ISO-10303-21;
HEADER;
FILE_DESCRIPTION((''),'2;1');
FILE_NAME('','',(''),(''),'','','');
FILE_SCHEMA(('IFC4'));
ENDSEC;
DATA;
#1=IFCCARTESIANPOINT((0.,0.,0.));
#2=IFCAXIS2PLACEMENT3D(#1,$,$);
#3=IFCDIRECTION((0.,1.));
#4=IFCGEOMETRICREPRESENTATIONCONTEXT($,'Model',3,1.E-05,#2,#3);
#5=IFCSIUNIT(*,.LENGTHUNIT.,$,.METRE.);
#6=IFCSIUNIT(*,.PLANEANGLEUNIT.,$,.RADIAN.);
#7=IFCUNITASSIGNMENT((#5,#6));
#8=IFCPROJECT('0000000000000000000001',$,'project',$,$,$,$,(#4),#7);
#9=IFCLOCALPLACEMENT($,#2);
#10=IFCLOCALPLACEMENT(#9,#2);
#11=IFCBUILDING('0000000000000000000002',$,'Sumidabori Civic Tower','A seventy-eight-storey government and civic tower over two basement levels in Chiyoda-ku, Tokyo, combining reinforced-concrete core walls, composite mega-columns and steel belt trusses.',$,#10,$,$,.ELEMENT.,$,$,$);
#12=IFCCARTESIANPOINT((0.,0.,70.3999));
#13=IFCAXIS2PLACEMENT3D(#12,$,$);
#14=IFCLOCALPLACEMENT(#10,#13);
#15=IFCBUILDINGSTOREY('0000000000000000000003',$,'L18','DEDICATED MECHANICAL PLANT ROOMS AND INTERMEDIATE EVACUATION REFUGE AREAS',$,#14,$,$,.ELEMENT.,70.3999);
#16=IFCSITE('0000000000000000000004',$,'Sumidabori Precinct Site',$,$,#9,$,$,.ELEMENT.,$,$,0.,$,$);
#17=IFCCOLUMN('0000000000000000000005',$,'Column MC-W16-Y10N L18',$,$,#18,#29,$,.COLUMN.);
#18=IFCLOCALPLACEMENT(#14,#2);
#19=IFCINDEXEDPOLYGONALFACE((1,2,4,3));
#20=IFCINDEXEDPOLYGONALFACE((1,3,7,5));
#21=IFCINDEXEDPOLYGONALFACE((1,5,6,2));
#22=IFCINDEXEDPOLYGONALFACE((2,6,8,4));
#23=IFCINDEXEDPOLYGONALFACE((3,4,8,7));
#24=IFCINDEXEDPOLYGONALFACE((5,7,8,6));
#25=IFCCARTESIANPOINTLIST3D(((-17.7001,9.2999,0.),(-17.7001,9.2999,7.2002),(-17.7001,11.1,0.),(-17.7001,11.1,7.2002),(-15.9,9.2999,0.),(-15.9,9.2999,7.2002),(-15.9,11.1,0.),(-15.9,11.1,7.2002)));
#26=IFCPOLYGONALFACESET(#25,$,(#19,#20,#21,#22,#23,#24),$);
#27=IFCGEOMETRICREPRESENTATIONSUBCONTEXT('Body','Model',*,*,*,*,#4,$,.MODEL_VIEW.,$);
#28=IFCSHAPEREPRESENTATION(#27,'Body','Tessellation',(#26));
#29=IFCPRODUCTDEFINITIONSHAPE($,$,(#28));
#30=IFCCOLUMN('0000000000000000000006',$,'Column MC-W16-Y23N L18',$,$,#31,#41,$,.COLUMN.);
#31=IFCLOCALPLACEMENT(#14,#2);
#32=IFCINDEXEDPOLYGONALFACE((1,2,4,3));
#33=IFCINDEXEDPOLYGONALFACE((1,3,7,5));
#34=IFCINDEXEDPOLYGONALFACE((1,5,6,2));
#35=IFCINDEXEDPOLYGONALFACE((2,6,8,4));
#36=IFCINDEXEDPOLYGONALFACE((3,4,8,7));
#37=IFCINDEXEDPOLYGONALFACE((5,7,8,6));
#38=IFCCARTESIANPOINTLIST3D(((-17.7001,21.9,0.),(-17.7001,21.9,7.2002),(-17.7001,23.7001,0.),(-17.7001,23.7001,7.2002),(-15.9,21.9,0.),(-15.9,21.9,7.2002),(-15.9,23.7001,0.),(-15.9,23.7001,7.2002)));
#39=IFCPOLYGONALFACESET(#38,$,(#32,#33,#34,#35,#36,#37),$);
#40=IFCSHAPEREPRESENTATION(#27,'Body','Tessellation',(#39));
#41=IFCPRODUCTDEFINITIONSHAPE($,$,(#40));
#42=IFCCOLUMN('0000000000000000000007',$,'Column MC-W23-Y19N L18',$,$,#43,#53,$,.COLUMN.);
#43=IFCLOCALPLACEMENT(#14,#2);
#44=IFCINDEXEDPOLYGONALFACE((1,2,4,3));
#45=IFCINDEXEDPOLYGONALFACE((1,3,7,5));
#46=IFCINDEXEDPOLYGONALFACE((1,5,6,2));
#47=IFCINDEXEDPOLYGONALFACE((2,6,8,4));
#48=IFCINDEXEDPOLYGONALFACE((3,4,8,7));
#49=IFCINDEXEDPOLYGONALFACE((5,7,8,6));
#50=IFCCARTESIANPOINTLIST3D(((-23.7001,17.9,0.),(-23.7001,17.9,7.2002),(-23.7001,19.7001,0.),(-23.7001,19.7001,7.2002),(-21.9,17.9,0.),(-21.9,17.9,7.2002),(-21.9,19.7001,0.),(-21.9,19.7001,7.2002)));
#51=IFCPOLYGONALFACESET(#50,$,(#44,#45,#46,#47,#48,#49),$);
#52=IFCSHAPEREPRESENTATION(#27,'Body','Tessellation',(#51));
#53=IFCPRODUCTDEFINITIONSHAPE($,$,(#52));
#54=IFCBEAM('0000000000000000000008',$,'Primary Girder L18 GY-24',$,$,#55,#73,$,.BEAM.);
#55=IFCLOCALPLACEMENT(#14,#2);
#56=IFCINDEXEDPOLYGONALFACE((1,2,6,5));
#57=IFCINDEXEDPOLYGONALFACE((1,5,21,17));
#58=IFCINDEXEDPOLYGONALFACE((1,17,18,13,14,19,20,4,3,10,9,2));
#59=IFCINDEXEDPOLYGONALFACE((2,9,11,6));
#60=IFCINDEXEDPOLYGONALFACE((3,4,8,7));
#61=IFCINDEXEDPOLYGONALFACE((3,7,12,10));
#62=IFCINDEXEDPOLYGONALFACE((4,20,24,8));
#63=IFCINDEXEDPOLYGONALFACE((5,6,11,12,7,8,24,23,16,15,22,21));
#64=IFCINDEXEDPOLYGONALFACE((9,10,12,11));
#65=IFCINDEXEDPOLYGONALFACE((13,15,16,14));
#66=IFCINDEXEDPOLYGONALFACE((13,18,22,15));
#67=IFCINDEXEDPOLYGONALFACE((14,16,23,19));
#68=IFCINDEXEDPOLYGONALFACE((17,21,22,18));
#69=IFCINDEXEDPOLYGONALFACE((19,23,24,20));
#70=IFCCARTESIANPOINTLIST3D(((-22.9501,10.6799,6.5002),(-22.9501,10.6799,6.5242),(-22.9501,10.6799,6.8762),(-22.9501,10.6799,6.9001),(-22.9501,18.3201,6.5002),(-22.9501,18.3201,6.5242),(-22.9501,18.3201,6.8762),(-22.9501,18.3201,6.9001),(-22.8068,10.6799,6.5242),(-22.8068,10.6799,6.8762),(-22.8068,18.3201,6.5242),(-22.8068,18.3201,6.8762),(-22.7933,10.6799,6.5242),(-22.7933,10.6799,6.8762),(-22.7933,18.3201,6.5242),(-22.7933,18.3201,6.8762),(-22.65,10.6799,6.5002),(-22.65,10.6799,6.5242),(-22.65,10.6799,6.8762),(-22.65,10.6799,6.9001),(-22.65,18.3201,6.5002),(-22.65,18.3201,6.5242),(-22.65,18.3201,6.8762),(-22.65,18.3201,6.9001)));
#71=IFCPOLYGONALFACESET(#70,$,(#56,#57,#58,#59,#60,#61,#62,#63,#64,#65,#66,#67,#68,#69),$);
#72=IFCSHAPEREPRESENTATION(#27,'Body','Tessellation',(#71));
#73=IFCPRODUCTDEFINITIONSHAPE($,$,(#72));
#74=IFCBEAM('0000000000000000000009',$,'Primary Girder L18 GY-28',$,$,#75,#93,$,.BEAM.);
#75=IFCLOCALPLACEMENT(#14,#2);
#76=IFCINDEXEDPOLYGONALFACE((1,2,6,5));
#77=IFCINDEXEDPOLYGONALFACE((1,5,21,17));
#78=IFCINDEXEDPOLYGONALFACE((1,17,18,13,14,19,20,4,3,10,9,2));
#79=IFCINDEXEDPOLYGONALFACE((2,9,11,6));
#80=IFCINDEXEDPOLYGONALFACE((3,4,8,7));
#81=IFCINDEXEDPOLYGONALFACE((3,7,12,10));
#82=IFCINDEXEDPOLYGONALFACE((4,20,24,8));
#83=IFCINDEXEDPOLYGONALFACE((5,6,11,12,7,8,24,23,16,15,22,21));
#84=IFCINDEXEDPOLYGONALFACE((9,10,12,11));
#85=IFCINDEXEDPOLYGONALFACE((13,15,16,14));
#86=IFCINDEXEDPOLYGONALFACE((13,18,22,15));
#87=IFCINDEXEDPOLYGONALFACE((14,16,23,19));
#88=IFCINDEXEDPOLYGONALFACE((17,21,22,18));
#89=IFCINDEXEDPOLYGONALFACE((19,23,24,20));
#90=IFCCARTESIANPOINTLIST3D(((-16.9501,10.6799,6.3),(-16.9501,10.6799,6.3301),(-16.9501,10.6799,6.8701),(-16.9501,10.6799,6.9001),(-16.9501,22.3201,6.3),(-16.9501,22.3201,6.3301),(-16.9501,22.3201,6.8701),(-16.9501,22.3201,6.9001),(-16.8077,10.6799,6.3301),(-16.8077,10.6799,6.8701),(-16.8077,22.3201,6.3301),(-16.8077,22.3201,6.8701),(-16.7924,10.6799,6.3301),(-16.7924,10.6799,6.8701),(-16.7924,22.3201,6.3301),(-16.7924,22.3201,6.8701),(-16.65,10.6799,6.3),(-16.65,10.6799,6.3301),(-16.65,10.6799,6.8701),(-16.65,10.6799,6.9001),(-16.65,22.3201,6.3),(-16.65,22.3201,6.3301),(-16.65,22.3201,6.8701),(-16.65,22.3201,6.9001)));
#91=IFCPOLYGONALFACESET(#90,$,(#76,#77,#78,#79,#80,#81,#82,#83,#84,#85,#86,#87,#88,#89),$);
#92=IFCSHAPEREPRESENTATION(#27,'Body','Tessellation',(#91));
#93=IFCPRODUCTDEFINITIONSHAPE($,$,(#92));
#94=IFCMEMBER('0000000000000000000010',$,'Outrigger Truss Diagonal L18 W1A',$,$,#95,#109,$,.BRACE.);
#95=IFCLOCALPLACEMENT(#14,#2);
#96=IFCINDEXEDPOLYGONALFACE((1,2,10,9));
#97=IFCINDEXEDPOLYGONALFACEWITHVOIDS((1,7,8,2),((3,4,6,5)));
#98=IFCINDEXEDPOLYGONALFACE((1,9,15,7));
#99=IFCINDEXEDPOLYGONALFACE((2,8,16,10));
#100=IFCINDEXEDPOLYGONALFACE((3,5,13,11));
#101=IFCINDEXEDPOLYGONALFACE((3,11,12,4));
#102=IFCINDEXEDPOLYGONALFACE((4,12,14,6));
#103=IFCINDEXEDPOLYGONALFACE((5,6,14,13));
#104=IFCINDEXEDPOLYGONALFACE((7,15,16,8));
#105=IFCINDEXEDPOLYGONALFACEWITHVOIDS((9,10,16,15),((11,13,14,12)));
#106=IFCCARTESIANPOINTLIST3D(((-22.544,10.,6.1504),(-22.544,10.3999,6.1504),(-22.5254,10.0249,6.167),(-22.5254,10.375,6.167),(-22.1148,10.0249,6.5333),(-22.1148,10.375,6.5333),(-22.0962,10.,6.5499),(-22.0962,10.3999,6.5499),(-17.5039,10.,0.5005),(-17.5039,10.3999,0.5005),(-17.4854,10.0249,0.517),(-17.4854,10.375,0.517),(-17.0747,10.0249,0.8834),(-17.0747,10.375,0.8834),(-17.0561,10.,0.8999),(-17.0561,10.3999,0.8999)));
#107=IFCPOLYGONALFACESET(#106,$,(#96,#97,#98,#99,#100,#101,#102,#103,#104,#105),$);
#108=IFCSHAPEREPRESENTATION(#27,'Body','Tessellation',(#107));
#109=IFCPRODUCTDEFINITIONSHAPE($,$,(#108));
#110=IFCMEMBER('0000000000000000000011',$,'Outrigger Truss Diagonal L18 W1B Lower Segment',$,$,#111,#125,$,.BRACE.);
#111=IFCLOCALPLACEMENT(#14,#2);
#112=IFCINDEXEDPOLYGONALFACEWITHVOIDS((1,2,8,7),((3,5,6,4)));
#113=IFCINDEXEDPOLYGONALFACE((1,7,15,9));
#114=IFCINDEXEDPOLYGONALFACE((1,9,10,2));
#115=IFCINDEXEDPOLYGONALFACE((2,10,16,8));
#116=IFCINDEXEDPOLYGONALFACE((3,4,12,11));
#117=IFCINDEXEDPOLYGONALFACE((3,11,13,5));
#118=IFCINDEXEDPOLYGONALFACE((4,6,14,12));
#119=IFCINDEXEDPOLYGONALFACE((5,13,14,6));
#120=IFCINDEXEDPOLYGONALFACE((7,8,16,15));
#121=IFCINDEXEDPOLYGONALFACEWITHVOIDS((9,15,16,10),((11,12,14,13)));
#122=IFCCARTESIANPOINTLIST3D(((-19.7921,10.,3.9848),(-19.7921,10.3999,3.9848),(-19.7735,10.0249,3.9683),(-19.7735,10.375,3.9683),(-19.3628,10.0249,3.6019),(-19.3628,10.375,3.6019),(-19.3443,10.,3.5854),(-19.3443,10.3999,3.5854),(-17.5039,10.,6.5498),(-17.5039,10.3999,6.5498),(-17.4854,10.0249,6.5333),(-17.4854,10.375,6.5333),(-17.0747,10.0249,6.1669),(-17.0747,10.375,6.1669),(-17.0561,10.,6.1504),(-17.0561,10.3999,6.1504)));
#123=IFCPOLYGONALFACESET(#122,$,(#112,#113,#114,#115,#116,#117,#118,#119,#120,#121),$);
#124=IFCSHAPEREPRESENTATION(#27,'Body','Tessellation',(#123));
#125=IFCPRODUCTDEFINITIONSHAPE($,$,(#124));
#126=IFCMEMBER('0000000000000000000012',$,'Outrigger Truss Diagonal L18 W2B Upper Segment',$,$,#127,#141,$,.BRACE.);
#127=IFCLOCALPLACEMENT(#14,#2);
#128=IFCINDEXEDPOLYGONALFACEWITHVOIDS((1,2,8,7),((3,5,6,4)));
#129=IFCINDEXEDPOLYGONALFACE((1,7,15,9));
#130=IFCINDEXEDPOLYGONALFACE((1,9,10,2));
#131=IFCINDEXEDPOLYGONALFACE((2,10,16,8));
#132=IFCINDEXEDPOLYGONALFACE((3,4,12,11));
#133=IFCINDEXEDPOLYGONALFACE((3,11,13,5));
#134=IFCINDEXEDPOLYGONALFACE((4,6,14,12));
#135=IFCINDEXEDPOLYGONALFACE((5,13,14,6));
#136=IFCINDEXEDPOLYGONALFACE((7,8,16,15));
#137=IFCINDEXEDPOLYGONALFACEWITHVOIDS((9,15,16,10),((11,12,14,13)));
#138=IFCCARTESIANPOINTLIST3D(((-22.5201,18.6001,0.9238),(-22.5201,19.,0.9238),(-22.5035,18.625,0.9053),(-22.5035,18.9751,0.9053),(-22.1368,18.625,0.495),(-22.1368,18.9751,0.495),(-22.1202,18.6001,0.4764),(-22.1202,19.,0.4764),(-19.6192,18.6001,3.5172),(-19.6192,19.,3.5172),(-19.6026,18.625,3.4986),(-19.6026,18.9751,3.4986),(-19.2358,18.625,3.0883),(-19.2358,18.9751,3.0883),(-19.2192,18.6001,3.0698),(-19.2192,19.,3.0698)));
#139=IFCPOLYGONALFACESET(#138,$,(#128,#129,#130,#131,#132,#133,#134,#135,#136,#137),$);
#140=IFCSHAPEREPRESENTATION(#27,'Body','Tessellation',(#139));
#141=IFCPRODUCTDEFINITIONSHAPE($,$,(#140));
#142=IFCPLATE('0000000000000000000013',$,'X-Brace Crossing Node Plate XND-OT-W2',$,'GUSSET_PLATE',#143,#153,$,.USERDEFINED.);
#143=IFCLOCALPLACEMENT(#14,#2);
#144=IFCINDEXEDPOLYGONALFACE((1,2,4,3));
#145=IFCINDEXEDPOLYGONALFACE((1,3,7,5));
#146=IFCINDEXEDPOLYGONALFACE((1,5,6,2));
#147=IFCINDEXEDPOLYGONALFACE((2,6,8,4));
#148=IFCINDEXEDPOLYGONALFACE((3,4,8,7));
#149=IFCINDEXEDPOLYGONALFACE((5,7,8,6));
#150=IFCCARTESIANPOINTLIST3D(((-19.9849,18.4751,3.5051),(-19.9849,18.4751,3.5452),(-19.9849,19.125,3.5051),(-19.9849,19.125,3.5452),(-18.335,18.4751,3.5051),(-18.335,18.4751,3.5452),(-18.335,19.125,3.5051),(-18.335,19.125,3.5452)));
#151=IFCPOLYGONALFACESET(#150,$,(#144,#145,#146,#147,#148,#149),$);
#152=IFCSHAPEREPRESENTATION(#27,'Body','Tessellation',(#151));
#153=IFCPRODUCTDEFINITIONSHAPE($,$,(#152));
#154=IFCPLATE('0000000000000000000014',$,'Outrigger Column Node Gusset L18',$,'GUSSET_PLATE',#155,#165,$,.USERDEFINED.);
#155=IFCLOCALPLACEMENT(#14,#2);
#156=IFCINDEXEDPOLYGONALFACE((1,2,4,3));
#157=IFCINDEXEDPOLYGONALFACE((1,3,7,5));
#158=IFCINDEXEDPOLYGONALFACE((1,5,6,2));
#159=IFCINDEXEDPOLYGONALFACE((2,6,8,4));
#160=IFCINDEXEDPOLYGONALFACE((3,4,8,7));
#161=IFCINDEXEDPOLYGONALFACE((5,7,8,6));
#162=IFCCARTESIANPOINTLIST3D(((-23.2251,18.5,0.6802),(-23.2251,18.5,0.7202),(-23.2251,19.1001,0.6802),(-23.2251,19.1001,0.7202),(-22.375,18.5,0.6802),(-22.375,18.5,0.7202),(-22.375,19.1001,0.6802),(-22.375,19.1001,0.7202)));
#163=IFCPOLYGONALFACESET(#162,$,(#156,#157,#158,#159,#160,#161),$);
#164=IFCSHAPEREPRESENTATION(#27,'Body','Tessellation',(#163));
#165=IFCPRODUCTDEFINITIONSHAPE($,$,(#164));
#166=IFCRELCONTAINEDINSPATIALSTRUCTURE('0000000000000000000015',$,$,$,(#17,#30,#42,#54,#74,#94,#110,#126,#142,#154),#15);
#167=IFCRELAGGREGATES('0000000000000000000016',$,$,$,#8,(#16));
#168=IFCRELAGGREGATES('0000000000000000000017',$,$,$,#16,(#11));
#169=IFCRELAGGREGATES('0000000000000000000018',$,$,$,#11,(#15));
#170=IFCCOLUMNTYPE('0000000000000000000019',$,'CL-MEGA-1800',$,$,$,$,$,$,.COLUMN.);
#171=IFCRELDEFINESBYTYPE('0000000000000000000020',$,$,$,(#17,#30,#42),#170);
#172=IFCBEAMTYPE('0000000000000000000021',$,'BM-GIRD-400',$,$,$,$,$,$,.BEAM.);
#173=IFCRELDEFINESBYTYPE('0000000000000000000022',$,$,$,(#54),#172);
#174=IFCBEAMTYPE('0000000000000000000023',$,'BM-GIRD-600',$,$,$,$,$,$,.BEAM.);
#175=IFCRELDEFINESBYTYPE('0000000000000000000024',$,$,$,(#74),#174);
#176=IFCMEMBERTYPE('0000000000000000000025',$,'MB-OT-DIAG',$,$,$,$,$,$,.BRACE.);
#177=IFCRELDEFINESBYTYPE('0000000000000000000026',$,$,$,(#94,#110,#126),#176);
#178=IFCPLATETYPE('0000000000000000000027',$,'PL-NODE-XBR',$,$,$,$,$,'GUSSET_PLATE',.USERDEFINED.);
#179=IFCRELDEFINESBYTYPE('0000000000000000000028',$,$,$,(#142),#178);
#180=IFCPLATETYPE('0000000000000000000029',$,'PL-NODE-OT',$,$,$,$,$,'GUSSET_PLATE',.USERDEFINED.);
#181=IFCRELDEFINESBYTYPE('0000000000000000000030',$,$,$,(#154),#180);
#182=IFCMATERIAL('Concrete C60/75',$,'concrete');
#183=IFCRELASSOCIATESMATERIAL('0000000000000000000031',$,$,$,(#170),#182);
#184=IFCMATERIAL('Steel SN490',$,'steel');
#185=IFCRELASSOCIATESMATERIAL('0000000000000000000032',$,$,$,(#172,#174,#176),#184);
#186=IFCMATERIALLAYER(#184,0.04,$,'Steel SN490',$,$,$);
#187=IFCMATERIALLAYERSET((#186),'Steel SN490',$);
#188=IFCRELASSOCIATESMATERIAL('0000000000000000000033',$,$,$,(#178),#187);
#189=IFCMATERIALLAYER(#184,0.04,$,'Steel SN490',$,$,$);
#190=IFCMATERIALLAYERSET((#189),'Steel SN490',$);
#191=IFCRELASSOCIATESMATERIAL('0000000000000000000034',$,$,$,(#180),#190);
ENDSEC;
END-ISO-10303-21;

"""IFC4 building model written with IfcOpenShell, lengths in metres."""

from ifc_helpers import new_model, si_unit, direction, frame, origin, origin_2d, place, context, subcontext, project, spatial, rectangle, hollow_rectangle, i_section, extrude, source, transform, mapped, material, layer, layer_set, material_profile, profile_set, type_object, element, save


model = new_model("IFC4")

# Units and contexts
model_context = context("Model", 3, precision=1e-05, world=origin(), true_north=direction((0.0, 1.0)))
body_context = subcontext(model_context, "Body", "Model", "MODEL_VIEW")
ifc_project = project(units=[si_unit("LENGTHUNIT", "METRE"), si_unit("PLANEANGLEUNIT", "RADIAN")], contexts=[model_context])

# Site, building, storey
site_placement = place(None, origin())
site = spatial("IfcSite", under=ifc_project, at=site_placement, Name="Sumidabori Precinct Site", CompositionType="ELEMENT", RefElevation=0.0)
building_placement = place(site_placement, origin())
building = spatial("IfcBuilding", under=site, at=building_placement, Name="Sumidabori Civic Tower", Description="A seventy-eight-storey government and civic tower over two basement levels in Chiyoda-ku, Tokyo, combining reinforced-concrete core walls, composite mega-columns and steel belt trusses.", CompositionType="ELEMENT")
storey_placement = place(building_placement, frame((0.0, 0.0, 70.3999)))
storey = spatial("IfcBuildingStorey", under=building, at=storey_placement, Name="L18", Description="DEDICATED MECHANICAL PLANT ROOMS AND INTERMEDIATE EVACUATION REFUGE AREAS", CompositionType="ELEMENT", Elevation=70.3999)

# Columns
ifc_material_1 = material(Name="Concrete C60/75", Category="concrete")
ifc_material_profile_1 = material_profile(ifc_material_1, rectangle(XDim=1.8, YDim=1.8, at=origin_2d()), Name="RC 1800x1800")
ifc_profile_set_1 = profile_set([ifc_material_profile_1], Name="Concrete C60/75")
column_type = type_object("IfcColumnType", Name="CL-MEGA-1800", PredefinedType="COLUMN", material=ifc_profile_set_1)
shared_shape_1 = source(origin(), body_context, "Body", "SweptSolid", [
    extrude(rectangle(XDim=1.8, YDim=1.8, at=origin_2d()), origin(), (0.0, 0.0, 1.0), 7.2002),
])
for number, where, z_axis, x_axis, name in (
    (1, (-16.8, 10.2, 0.0), (0.0, 0.0, 1.0), (1.0, 0.0, 0.0), "Column MC-W16-Y10N L18"),
    (2, (-16.8, 22.8, 0.0), (0.0, 0.0, 1.0), (1.0, 0.0, 0.0), "Column MC-W16-Y23N L18"),
    (3, (-22.8, 18.8, 0.0), (0.0, 0.0, 1.0), (1.0, 0.0, 0.0), "Column MC-W23-Y19N L18"),
):
    element("IfcColumn", number, at=place(storey_placement, frame(where, z_axis=z_axis, x_axis=x_axis)), inside=storey, type_object=column_type, Name=name, PredefinedType="COLUMN", context=body_context, shape_type="MappedRepresentation", body=[
        mapped(shared_shape_1, transform((0.0, 0.0, 0.0), x_axis=(1.0, 0.0, 0.0), y_axis=(0.0, 1.0, 0.0), z_axis=(0.0, 0.0, 1.0), scale=1.0)),
    ])

# Beams
ifc_material_2 = material(Name="Steel SN490", Category="steel")
ifc_material_profile_2 = material_profile(ifc_material_2, i_section(OverallWidth=0.3, OverallDepth=0.3999, WebThickness=0.0134, FlangeThickness=0.0239, at=origin_2d()), Name="HE 400 B")
ifc_profile_set_2 = profile_set([ifc_material_profile_2], Name="Steel SN490")
beam_type_1 = type_object("IfcBeamType", Name="BM-GIRD-400", PredefinedType="BEAM", material=ifc_profile_set_2)
shared_shape_2 = source(origin(), body_context, "Body", "SweptSolid", [
    extrude(i_section(OverallWidth=0.3, OverallDepth=0.3999, WebThickness=0.0134, FlangeThickness=0.0239, at=origin_2d()), origin(), (0.0, 0.0, 1.0), 7.6401),
])
beam_1_placement = place(storey_placement, frame((-22.8, 10.6799, 6.7002), z_axis=(0.0, 1.0, 0.0), x_axis=(-1.0, 0.0, 0.0)))
element("IfcBeam", 4, at=beam_1_placement, inside=storey, type_object=beam_type_1, Name="Primary Girder L18 GY-24", PredefinedType="BEAM", context=body_context, shape_type="MappedRepresentation", body=[
    mapped(shared_shape_2, transform((0.0, 0.0, 0.0), x_axis=(1.0, 0.0, 0.0), y_axis=(0.0, 1.0, 0.0), z_axis=(0.0, 0.0, 1.0), scale=1.0)),
])
ifc_material_profile_3 = material_profile(ifc_material_2, i_section(OverallWidth=0.3, OverallDepth=0.6001, WebThickness=0.0154, FlangeThickness=0.03, at=origin_2d()), Name="HE 600 B")
ifc_profile_set_3 = profile_set([ifc_material_profile_3], Name="Steel SN490")
beam_type_2 = type_object("IfcBeamType", Name="BM-GIRD-600", PredefinedType="BEAM", material=ifc_profile_set_3)
shared_shape_3 = source(origin(), body_context, "Body", "SweptSolid", [
    extrude(i_section(OverallWidth=0.3, OverallDepth=0.6001, WebThickness=0.0154, FlangeThickness=0.03, at=origin_2d()), origin(), (0.0, 0.0, 1.0), 11.6401),
])
beam_2_placement = place(storey_placement, frame((-16.8, 10.6799, 6.6001), z_axis=(0.0, 1.0, 0.0), x_axis=(-1.0, 0.0, 0.0)))
element("IfcBeam", 5, at=beam_2_placement, inside=storey, type_object=beam_type_2, Name="Primary Girder L18 GY-28", PredefinedType="BEAM", context=body_context, shape_type="MappedRepresentation", body=[
    mapped(shared_shape_3, transform((0.0, 0.0, 0.0), x_axis=(1.0, 0.0, 0.0), y_axis=(0.0, 1.0, 0.0), z_axis=(0.0, 0.0, 1.0), scale=1.0)),
])

# Members
ifc_material_profile_4 = material_profile(ifc_material_2, hollow_rectangle(XDim=0.3999, YDim=0.6001, WallThickness=0.0249, at=origin_2d()), Name="RHS 600x400x25")
ifc_profile_set_4 = profile_set([ifc_material_profile_4], Name="Steel SN490")
member_type = type_object("IfcMemberType", Name="MB-OT-DIAG", PredefinedType="BRACE", material=ifc_profile_set_4)
shared_shape_4 = source(origin(), body_context, "Body", "SweptSolid", [
    extrude(hollow_rectangle(XDim=0.3999, YDim=0.6001, WallThickness=0.0249, at=origin_2d()), origin(), (0.0, 0.0, 1.0), 7.5713),
])
member_1_placement = place(storey_placement, frame((-17.28, 10.2, 0.7002), z_axis=(-0.665684, 0.0, 0.746234), x_axis=(0.0, -1.0, 0.0)))
element("IfcMember", 6, at=member_1_placement, inside=storey, type_object=member_type, Name="Outrigger Truss Diagonal L18 W1A", PredefinedType="BRACE", context=body_context, shape_type="MappedRepresentation", body=[
    mapped(shared_shape_4, transform((0.0, 0.0, 0.0), x_axis=(1.0, 0.0, 0.0), y_axis=(0.0, 1.0, 0.0), z_axis=(0.0, 0.0, 1.0), scale=1.0)),
])
shared_shape_5 = source(origin(), body_context, "Body", "SweptSolid", [
    extrude(hollow_rectangle(XDim=0.3999, YDim=0.6001, WallThickness=0.0249, at=origin_2d()), origin(), (0.0, 0.0, 1.0), 3.4373),
])
member_2_placement = place(storey_placement, frame((-17.28, 10.2, 6.3501), z_axis=(-0.665685, 0.0, -0.746232), x_axis=(0.0, -1.0, 0.0)))
element("IfcMember", 7, at=member_2_placement, inside=storey, type_object=member_type, Name="Outrigger Truss Diagonal L18 W1B Lower Segment", PredefinedType="BRACE", context=body_context, shape_type="MappedRepresentation", body=[
    mapped(shared_shape_5, transform((0.0, 0.0, 0.0), x_axis=(1.0, 0.0, 0.0), y_axis=(0.0, 1.0, 0.0), z_axis=(0.0, 0.0, 1.0), scale=1.0)),
])
shared_shape_6 = source(origin(), body_context, "Body", "SweptSolid", [
    extrude(hollow_rectangle(XDim=0.3999, YDim=0.6001, WallThickness=0.0249, at=origin_2d()), origin(), (0.0, 0.0, 1.0), 3.8911),
])
member_3_placement = place(storey_placement, frame((-19.4192, 18.8, 3.2935), z_axis=(-0.74553, 0.0, -0.666472), x_axis=(0.0, -1.0, 0.0)))
element("IfcMember", 8, at=member_3_placement, inside=storey, type_object=member_type, Name="Outrigger Truss Diagonal L18 W2B Upper Segment", PredefinedType="BRACE", context=body_context, shape_type="MappedRepresentation", body=[
    mapped(shared_shape_6, transform((0.0, 0.0, 0.0), x_axis=(1.0, 0.0, 0.0), y_axis=(0.0, 1.0, 0.0), z_axis=(0.0, 0.0, 1.0), scale=1.0)),
])

# Plates
ifc_layer_1 = layer(ifc_material_2, 0.04, Name="Steel SN490")
ifc_layer_set_1 = layer_set([ifc_layer_1], Name="Steel SN490")
plate_type_1 = type_object("IfcPlateType", Name="PL-NODE-XBR", ElementType="GUSSET_PLATE", PredefinedType="USERDEFINED", material=ifc_layer_set_1)
shared_shape_7 = source(origin(), body_context, "Body", "SweptSolid", [
    extrude(rectangle(XDim=1.6499, YDim=0.6499, at=origin_2d()), origin(), (0.0, 0.0, 1.0), 0.04),
])
plate_1_placement = place(storey_placement, frame((-19.1599, 18.8, 3.5051), z_axis=(0.0, 0.0, 1.0), x_axis=(-1.0, 0.0, 0.0)))
element("IfcPlate", 9, at=plate_1_placement, inside=storey, type_object=plate_type_1, Name="X-Brace Crossing Node Plate XND-OT-W2", ObjectType="GUSSET_PLATE", PredefinedType="USERDEFINED", context=body_context, shape_type="MappedRepresentation", body=[
    mapped(shared_shape_7, transform((0.0, 0.0, 0.0), x_axis=(1.0, 0.0, 0.0), y_axis=(0.0, 1.0, 0.0), z_axis=(0.0, 0.0, 1.0), scale=1.0)),
])
ifc_layer_2 = layer(ifc_material_2, 0.04, Name="Steel SN490")
ifc_layer_set_2 = layer_set([ifc_layer_2], Name="Steel SN490")
plate_type_2 = type_object("IfcPlateType", Name="PL-NODE-OT", ElementType="GUSSET_PLATE", PredefinedType="USERDEFINED", material=ifc_layer_set_2)
shared_shape_8 = source(origin(), body_context, "Body", "SweptSolid", [
    extrude(rectangle(XDim=0.8501, YDim=0.6001, at=origin_2d()), origin(), (0.0, 0.0, 1.0), 0.04),
])
plate_2_placement = place(storey_placement, frame((-22.8, 18.8, 0.6802), z_axis=(0.0, 0.0, 1.0), x_axis=(1.0, 0.0, 0.0)))
element("IfcPlate", 10, at=plate_2_placement, inside=storey, type_object=plate_type_2, Name="Outrigger Column Node Gusset L18", ObjectType="GUSSET_PLATE", PredefinedType="USERDEFINED", context=body_context, shape_type="MappedRepresentation", body=[
    mapped(shared_shape_8, transform((0.0, 0.0, 0.0), x_axis=(1.0, 0.0, 0.0), y_axis=(0.0, 1.0, 0.0), z_axis=(0.0, 0.0, 1.0), scale=1.0)),
])

save(model, "model.ifc")
